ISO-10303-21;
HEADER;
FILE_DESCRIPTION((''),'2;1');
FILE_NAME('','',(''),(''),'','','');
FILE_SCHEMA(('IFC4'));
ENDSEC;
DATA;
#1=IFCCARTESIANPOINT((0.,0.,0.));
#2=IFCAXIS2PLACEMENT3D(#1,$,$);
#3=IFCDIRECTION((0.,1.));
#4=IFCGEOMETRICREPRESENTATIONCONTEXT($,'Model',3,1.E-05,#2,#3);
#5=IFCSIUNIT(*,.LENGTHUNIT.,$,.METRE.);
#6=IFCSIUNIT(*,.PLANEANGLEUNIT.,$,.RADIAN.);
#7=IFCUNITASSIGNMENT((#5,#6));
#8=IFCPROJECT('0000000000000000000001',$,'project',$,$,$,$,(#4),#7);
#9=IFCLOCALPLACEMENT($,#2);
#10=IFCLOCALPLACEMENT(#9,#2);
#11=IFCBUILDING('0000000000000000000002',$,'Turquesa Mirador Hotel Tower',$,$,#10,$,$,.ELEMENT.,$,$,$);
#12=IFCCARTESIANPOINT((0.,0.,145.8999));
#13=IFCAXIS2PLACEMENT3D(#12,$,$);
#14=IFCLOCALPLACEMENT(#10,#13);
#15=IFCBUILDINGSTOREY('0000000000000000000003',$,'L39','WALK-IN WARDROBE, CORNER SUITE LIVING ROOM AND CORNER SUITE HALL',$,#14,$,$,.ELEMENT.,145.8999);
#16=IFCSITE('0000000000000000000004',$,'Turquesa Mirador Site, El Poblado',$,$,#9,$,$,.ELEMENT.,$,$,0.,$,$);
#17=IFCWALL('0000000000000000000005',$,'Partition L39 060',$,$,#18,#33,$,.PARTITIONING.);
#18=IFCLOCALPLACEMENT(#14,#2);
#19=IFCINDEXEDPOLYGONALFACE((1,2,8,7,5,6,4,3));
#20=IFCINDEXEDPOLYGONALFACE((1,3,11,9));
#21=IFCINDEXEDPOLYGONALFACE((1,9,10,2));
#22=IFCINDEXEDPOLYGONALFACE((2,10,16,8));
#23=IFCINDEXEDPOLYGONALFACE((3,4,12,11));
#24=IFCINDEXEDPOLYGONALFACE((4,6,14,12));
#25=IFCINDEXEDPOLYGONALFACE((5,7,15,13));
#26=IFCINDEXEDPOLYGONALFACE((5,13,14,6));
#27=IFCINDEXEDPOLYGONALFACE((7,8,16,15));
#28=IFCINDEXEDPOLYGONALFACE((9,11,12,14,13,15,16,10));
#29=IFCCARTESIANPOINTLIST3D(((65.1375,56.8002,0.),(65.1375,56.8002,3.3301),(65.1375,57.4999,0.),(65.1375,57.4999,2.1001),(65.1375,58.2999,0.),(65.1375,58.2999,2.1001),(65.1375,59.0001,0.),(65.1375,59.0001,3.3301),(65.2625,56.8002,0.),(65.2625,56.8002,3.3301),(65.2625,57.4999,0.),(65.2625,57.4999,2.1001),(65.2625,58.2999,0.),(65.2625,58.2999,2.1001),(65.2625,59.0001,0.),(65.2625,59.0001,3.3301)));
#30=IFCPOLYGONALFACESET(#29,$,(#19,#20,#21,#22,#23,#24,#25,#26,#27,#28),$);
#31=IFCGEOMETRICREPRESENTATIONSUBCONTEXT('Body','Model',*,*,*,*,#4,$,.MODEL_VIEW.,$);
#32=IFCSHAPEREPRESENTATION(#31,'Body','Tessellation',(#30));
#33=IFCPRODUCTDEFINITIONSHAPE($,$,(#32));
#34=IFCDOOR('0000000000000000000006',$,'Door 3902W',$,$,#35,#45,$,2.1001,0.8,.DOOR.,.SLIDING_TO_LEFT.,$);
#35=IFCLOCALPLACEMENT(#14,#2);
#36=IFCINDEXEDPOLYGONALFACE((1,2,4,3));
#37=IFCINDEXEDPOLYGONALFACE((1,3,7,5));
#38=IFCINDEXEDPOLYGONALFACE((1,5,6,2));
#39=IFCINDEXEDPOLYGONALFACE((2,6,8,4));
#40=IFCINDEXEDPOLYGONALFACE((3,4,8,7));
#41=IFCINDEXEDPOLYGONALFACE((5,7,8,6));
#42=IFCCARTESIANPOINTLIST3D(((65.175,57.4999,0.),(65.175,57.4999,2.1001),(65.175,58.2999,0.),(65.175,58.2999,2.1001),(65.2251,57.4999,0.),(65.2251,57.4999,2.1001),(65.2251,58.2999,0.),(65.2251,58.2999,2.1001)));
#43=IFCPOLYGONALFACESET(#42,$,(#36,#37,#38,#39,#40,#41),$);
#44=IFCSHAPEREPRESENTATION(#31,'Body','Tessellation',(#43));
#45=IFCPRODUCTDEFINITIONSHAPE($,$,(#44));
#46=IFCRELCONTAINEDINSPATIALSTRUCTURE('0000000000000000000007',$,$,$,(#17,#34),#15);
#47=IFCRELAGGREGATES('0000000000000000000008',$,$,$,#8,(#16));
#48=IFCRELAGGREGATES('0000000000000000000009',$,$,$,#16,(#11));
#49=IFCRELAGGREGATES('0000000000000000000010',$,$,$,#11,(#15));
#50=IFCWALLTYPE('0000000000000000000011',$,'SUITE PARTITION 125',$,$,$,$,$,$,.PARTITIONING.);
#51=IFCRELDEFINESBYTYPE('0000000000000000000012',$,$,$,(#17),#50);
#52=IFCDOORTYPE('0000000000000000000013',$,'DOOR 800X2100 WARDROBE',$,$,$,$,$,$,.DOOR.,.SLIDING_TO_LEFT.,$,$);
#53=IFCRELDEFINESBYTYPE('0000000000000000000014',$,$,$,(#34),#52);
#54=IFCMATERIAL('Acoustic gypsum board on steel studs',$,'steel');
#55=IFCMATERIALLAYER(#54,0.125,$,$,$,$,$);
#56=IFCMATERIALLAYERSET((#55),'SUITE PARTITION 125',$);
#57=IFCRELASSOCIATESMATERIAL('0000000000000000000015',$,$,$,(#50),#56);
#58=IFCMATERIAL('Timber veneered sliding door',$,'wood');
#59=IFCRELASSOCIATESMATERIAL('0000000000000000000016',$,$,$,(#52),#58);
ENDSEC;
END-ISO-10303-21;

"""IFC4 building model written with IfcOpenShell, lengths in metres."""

from ifc_helpers import new_model, si_unit, direction, frame, frame_2d, origin, place, context, subcontext, project, spatial, rectangle, extrude, material, layer, layer_set, type_object, element, fill, save


model = new_model("IFC4")

# Units and contexts
model_context = context("Model", 3, precision=1e-05, world=origin(), true_north=direction((0.0, 1.0)))
body_context = subcontext(model_context, "Body", "Model", "MODEL_VIEW")
ifc_project = project(units=[si_unit("LENGTHUNIT", "METRE"), si_unit("PLANEANGLEUNIT", "RADIAN")], contexts=[model_context])

# Site, building, storey
site_placement = place(None, origin())
site = spatial("IfcSite", under=ifc_project, at=site_placement, Name="Turquesa Mirador Site, El Poblado", CompositionType="ELEMENT", RefElevation=0.0)
building_placement = place(site_placement, origin())
building = spatial("IfcBuilding", under=site, at=building_placement, Name="Turquesa Mirador Hotel Tower", CompositionType="ELEMENT")
storey_placement = place(building_placement, frame((0.0, 0.0, 145.8999)))
storey = spatial("IfcBuildingStorey", under=building, at=storey_placement, Name="L39", Description="WALK-IN WARDROBE, CORNER SUITE LIVING ROOM AND CORNER SUITE HALL", CompositionType="ELEMENT", Elevation=145.8999)

# Shared definitions
ifc_material_1 = material(Name="Acoustic gypsum board on steel studs", Category="steel")
ifc_layer_1 = layer(ifc_material_1, 0.125)
ifc_layer_set_1 = layer_set([ifc_layer_1], Name="SUITE PARTITION 125")
wall_type_1 = type_object("IfcWallType", Name="SUITE PARTITION 125", PredefinedType="PARTITIONING", material=ifc_layer_set_1)

# Wall, opening, door
wall_1_placement = place(storey_placement, frame((65.2, 56.8, 0.0), z_axis=(0.0, 0.0, 1.0), x_axis=(0.0, 1.0, 0.0)))
wall_1 = element("IfcWall", 1, at=wall_1_placement, inside=storey, type_object=wall_type_1, Name="Partition L39 060", PredefinedType="PARTITIONING", context=body_context, shape_type="SweptSolid", body=[
    extrude(rectangle(XDim=2.2, YDim=0.125, at=frame_2d((1.1001, 0.0))), origin(), (0.0, 0.0, 1.0), 3.3301),
])
opening_1_placement = place(wall_1_placement, frame((0.7, 0.0, 0.0)))
opening_1 = element("IfcOpeningElement", 2, at=opening_1_placement, cuts=wall_1, PredefinedType="OPENING", context=body_context, shape_type="SweptSolid", body=[
    extrude(rectangle(XDim=0.8, YDim=2.1001, at=frame_2d((0.3999, 1.05))), frame((0.0, 0.0725, 0.0), z_axis=(0.0, -1.0, 0.0), x_axis=(1.0, 0.0, 0.0)), (0.0, 0.0, 1.0), 0.145),
])
ifc_material_2 = material(Name="Timber veneered sliding door", Category="wood")
door_type_1 = type_object("IfcDoorType", Name="DOOR 800X2100 WARDROBE", OperationType="SLIDING_TO_LEFT", PredefinedType="DOOR", material=ifc_material_2)
door_1_placement = place(opening_1_placement, origin())
door_1 = element("IfcDoor", 3, at=door_1_placement, inside=storey, type_object=door_type_1, Name="Door 3902W", OperationType="SLIDING_TO_LEFT", OverallHeight=2.1001, OverallWidth=0.8, PredefinedType="DOOR", context=body_context, shape_type="SweptSolid", body=[
    extrude(rectangle(XDim=0.8, YDim=2.1001, at=frame_2d((0.3999, 1.05))), frame((0.0, 0.0249, 0.0), z_axis=(0.0, -1.0, 0.0), x_axis=(1.0, 0.0, 0.0)), (0.0, 0.0, 1.0), 0.05),
])
fill(opening_1, door_1)

save(model, "model.ifc")
